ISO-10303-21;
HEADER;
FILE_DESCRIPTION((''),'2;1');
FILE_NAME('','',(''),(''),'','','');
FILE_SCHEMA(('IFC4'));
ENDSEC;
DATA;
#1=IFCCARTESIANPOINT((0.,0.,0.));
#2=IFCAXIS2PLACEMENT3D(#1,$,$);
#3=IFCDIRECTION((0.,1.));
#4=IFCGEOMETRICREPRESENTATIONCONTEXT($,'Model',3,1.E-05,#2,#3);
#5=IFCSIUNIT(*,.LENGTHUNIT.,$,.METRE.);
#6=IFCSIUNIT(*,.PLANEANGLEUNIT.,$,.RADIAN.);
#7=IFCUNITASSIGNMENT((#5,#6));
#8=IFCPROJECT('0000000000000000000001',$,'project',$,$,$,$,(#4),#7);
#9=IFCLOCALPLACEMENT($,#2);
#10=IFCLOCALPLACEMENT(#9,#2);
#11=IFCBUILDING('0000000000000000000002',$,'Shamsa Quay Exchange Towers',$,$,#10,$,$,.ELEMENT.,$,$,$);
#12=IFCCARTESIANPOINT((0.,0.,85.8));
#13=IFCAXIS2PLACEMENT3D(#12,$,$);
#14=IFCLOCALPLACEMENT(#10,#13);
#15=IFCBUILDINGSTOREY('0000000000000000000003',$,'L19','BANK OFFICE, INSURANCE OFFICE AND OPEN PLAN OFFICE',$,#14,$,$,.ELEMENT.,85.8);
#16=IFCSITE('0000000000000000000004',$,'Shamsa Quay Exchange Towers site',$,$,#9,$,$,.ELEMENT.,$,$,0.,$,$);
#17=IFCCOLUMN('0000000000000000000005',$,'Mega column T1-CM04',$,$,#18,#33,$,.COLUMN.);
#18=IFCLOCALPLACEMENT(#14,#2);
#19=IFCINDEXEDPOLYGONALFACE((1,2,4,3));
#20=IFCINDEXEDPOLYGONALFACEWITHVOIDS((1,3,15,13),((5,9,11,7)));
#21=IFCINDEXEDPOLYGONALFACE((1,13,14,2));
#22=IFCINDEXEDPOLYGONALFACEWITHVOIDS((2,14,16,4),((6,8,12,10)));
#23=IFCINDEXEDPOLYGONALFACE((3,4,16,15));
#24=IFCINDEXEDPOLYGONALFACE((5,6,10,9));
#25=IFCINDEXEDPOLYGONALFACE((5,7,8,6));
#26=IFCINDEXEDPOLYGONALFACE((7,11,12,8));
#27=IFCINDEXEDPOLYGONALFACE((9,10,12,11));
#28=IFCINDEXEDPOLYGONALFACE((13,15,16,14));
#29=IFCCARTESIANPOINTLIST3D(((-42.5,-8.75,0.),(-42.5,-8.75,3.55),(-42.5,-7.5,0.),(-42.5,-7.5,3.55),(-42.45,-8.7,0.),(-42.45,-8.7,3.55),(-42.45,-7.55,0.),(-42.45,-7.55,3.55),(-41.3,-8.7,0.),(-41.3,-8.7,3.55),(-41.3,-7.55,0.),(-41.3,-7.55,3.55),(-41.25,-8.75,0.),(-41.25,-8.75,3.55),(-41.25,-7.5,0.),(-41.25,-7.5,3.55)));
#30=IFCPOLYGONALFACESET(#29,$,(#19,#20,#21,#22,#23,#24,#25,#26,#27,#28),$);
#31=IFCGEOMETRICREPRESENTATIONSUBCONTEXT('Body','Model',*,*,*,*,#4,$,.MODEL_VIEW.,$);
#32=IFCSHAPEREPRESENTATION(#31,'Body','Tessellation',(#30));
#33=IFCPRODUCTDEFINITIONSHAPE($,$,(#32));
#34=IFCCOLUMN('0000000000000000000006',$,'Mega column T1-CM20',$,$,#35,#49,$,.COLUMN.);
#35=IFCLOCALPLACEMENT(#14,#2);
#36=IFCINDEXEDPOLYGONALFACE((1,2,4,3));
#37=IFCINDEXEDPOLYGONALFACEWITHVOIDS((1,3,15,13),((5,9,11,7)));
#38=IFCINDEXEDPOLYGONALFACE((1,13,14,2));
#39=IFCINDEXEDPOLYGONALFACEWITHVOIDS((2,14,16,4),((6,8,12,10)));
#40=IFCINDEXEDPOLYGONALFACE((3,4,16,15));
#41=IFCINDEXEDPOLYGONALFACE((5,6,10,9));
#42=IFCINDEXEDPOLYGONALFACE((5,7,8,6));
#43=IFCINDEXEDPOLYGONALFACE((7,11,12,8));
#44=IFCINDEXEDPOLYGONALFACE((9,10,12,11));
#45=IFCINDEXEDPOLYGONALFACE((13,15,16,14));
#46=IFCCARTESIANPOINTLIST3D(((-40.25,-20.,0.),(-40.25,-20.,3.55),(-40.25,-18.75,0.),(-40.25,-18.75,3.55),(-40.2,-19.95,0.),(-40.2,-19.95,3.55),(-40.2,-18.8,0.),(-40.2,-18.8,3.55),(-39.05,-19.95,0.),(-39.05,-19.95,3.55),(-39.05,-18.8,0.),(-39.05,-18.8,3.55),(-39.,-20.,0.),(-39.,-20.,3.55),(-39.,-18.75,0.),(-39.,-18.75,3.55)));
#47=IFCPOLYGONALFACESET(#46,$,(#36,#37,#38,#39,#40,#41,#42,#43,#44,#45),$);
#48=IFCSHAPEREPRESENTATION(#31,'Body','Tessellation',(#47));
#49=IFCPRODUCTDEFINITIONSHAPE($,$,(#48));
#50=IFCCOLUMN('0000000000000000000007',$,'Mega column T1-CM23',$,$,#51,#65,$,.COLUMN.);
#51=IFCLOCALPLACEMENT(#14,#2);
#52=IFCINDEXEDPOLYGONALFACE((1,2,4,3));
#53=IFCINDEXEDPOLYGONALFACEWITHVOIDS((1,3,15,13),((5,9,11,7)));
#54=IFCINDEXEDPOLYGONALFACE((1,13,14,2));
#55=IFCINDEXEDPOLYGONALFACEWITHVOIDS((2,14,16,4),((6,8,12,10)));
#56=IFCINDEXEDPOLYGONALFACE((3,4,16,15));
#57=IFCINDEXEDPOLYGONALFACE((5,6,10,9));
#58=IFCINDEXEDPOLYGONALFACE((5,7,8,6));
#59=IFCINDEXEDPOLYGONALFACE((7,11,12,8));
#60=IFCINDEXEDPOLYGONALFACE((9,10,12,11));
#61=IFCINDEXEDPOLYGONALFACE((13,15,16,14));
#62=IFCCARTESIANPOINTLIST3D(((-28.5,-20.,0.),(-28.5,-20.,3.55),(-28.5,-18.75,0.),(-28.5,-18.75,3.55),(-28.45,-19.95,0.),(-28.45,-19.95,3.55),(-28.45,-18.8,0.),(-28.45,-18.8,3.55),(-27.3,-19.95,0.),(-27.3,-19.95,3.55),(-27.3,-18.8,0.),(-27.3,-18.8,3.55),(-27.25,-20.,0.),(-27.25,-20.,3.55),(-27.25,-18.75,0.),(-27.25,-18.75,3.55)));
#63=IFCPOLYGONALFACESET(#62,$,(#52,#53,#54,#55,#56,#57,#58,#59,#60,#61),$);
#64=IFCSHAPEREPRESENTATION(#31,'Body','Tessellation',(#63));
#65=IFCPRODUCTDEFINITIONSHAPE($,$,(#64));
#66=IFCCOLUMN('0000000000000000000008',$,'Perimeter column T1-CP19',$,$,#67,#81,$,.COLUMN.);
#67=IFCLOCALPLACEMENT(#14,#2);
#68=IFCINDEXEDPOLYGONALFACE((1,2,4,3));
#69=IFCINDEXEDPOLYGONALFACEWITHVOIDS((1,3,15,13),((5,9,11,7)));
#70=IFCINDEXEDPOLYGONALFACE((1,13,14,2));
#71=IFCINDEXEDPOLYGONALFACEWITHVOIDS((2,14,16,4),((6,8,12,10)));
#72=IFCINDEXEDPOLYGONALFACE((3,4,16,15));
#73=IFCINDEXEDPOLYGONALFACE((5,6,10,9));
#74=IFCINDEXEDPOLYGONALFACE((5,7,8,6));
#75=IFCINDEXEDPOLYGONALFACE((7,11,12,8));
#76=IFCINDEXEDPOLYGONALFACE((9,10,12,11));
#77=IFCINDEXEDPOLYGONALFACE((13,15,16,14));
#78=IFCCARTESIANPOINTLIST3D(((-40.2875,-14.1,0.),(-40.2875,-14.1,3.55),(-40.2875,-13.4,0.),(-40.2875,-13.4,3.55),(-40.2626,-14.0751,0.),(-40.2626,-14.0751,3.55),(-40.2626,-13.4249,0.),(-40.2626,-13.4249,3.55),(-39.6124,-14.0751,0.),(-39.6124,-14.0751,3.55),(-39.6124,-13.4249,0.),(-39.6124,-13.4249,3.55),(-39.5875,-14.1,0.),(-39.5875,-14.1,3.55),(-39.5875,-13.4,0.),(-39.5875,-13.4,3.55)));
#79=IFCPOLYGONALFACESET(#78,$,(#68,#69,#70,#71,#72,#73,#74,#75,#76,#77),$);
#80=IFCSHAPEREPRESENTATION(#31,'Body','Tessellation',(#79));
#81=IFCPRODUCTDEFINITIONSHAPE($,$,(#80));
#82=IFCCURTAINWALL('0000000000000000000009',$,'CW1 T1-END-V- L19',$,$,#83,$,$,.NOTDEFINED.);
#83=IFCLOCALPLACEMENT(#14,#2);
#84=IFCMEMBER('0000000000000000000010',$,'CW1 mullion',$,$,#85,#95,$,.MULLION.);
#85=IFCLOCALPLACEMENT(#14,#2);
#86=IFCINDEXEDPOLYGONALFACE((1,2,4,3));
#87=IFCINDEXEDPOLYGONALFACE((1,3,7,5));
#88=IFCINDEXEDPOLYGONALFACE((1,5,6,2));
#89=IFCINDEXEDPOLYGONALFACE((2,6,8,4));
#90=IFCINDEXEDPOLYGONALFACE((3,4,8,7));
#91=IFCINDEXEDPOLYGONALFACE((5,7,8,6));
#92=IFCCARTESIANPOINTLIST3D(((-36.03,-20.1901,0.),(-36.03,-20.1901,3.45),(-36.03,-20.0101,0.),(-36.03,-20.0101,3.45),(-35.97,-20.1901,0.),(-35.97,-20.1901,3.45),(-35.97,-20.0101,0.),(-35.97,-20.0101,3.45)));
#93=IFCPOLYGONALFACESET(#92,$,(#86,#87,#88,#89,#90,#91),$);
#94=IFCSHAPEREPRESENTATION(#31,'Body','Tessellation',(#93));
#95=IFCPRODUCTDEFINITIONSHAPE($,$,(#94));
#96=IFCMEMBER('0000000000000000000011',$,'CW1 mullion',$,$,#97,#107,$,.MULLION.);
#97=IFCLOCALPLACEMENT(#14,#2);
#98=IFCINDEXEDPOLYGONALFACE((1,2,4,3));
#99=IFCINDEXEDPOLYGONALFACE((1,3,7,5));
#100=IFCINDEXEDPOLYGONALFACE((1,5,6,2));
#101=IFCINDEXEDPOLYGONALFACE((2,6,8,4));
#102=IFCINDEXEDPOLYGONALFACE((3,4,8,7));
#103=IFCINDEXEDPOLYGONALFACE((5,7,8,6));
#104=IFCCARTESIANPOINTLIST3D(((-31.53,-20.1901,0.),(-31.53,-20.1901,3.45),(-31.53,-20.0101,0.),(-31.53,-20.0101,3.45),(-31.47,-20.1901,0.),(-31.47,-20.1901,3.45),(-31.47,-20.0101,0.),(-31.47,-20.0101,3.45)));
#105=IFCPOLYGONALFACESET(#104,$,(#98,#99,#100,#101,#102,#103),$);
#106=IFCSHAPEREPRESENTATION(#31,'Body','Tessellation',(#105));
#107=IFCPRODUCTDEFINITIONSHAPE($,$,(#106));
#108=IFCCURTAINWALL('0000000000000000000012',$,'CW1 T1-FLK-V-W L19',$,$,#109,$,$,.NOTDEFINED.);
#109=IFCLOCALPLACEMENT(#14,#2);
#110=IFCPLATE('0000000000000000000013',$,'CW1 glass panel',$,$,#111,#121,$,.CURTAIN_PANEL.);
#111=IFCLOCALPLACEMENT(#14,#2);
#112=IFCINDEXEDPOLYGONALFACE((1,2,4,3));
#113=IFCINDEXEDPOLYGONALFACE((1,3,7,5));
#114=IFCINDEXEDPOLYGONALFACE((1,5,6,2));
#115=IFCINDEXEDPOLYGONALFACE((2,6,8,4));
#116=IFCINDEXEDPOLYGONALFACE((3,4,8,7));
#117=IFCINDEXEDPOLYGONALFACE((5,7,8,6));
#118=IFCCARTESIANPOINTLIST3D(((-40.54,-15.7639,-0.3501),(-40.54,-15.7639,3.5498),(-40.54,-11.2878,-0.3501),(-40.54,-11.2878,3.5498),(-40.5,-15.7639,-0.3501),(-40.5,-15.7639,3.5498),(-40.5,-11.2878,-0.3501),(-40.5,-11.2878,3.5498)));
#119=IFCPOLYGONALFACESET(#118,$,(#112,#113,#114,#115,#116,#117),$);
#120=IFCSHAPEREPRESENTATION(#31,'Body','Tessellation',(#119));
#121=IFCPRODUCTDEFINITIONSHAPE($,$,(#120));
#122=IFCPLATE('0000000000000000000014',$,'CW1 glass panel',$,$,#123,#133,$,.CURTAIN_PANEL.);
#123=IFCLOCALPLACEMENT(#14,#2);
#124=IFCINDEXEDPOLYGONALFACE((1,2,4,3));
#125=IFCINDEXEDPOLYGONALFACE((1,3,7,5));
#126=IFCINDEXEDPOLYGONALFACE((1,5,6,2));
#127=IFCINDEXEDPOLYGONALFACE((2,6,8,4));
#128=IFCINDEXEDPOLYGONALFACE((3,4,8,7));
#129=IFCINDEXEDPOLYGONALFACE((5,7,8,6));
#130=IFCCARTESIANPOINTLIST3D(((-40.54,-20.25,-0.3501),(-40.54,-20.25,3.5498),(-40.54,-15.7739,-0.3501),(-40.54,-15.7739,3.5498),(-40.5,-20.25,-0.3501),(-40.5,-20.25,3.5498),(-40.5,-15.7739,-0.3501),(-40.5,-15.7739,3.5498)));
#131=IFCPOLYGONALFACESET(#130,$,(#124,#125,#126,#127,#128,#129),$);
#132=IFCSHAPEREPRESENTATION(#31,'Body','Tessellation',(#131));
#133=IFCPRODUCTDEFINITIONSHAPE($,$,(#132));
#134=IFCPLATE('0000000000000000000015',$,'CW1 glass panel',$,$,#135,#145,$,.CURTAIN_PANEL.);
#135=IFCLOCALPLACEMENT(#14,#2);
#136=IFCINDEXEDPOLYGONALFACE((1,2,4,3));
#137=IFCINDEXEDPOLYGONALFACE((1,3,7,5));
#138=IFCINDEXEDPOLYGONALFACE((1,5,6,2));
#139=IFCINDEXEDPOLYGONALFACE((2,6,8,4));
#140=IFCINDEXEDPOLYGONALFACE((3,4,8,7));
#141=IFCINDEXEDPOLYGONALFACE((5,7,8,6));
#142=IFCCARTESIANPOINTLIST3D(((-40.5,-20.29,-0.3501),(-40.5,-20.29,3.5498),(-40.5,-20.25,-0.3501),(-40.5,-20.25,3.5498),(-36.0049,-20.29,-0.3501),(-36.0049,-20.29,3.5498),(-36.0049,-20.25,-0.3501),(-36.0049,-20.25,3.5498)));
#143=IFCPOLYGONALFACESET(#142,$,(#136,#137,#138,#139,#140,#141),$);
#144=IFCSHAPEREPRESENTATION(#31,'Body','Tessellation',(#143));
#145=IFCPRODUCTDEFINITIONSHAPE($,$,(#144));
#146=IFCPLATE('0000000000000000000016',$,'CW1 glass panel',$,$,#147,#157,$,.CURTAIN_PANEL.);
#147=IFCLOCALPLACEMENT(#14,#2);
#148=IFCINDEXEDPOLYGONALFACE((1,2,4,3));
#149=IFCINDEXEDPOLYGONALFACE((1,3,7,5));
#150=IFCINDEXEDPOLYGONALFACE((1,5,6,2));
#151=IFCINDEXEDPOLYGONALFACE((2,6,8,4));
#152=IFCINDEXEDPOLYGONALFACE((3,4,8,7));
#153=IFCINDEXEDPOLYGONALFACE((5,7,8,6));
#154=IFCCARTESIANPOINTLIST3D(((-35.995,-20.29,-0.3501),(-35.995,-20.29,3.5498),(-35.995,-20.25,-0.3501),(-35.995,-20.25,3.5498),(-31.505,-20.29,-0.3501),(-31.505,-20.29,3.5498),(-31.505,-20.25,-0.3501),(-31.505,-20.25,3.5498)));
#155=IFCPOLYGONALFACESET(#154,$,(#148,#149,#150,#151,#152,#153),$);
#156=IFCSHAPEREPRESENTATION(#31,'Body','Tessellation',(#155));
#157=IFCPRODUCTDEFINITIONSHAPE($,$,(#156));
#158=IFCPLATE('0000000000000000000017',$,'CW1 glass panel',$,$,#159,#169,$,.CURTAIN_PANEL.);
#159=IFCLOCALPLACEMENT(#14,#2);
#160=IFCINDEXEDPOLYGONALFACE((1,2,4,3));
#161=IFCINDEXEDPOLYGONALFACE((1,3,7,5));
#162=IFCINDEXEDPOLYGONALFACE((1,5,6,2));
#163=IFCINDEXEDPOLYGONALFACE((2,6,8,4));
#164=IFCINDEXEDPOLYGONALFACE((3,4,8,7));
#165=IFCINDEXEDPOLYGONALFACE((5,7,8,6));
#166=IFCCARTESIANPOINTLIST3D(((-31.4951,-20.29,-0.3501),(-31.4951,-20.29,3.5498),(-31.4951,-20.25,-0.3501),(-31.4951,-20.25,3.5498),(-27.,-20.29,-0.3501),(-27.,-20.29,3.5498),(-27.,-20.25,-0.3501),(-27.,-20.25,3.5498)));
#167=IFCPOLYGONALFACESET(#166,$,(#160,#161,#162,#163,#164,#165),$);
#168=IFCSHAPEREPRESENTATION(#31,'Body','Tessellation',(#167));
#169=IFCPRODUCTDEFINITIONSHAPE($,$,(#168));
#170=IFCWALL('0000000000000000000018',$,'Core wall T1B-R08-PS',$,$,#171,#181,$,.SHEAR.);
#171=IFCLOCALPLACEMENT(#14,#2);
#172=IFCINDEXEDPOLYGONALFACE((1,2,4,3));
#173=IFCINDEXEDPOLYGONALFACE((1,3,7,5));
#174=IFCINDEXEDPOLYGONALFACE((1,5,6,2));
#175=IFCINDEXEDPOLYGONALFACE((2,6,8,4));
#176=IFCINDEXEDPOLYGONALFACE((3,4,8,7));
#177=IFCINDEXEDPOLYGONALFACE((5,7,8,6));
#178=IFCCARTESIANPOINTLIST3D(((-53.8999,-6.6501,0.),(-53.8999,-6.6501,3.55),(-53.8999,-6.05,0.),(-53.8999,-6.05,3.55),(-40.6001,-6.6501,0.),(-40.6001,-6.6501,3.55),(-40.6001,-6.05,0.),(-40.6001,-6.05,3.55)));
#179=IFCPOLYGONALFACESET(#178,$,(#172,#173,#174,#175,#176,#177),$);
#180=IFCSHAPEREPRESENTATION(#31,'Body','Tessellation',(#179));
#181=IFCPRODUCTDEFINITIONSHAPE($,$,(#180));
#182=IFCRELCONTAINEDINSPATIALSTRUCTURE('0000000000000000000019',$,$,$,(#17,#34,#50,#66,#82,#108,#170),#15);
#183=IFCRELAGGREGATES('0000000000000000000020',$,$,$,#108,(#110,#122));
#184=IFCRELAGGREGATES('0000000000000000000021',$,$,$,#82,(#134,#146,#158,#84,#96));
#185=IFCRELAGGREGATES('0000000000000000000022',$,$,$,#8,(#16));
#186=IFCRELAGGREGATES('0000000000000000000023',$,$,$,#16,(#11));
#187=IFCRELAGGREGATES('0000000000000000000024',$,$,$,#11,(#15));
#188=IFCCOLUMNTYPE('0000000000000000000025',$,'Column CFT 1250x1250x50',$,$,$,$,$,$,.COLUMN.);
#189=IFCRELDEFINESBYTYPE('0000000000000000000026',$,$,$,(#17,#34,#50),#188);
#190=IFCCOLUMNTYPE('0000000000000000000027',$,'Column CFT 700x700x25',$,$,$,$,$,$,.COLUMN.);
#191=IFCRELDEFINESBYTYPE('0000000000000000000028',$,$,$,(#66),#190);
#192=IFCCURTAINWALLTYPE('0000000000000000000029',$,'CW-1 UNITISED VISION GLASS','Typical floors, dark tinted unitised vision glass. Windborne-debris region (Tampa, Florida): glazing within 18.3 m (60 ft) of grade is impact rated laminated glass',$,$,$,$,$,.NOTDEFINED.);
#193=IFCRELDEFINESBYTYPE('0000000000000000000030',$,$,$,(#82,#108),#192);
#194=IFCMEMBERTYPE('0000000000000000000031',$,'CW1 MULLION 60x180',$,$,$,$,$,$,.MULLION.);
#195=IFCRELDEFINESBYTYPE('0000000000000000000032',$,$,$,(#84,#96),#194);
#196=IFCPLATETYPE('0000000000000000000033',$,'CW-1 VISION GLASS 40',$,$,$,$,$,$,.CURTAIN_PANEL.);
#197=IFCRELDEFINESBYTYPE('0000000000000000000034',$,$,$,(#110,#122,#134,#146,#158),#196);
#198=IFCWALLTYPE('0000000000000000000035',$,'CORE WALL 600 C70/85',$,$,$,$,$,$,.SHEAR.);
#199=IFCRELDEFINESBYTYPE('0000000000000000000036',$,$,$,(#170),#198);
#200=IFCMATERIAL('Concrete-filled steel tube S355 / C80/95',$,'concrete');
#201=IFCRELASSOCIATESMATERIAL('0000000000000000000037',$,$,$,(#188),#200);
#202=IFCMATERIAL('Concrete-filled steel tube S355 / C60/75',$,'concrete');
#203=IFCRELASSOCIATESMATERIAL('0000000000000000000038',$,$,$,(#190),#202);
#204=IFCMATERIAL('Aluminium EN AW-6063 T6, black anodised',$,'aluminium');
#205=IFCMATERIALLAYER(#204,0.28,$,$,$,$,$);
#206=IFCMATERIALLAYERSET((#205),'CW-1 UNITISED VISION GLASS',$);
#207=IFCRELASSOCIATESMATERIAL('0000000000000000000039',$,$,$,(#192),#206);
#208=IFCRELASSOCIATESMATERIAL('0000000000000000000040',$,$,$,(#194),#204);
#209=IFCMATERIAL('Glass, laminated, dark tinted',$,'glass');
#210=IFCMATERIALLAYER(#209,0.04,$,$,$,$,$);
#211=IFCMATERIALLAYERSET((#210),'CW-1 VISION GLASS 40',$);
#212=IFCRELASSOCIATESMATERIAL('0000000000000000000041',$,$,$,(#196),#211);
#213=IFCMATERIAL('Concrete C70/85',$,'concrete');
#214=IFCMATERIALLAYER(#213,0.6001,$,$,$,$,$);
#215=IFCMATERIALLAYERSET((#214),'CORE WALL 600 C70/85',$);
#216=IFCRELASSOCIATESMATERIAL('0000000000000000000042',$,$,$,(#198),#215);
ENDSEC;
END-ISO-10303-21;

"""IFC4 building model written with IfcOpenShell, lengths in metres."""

from ifc_helpers import new_model, si_unit, direction, frame, frame_2d, origin, origin_2d, place, context, subcontext, project, spatial, rectangle, hollow_rectangle, extrude, material, layer, layer_set, material_profile, profile_set, type_object, element, aggregate, save


model = new_model("IFC4")

# Units and contexts
model_context = context("Model", 3, precision=1e-05, world=origin(), true_north=direction((0.0, 1.0)))
body_context = subcontext(model_context, "Body", "Model", "MODEL_VIEW")
ifc_project = project(units=[si_unit("LENGTHUNIT", "METRE"), si_unit("PLANEANGLEUNIT", "RADIAN")], contexts=[model_context])

# Site, building, storey
site_placement = place(None, origin())
site = spatial("IfcSite", under=ifc_project, at=site_placement, Name="Shamsa Quay Exchange Towers site", CompositionType="ELEMENT", RefElevation=0.0)
building_placement = place(site_placement, origin())
building = spatial("IfcBuilding", under=site, at=building_placement, Name="Shamsa Quay Exchange Towers", CompositionType="ELEMENT")
storey_placement = place(building_placement, frame((0.0, 0.0, 85.8)))
storey = spatial("IfcBuildingStorey", under=building, at=storey_placement, Name="L19", Description="BANK OFFICE, INSURANCE OFFICE AND OPEN PLAN OFFICE", CompositionType="ELEMENT", Elevation=85.8)

# Columns
ifc_material_1 = material(Name="Concrete-filled steel tube S355 / C80/95", Category="concrete")
ifc_material_profile_1 = material_profile(ifc_material_1, hollow_rectangle(XDim=1.25, YDim=1.25, WallThickness=0.05, at=origin_2d()), Name="CFT 1250x1250x50")
ifc_profile_set_1 = profile_set([ifc_material_profile_1], Name="Concrete-filled steel tube S355 / C80/95")
column_type_1 = type_object("IfcColumnType", Name="Column CFT 1250x1250x50", PredefinedType="COLUMN", material=ifc_profile_set_1)
for number, where, name in (
    (1, (-41.875, -8.125, 0.0), "Mega column T1-CM04"),
    (2, (-39.625, -19.375, 0.0), "Mega column T1-CM20"),
    (3, (-27.875, -19.375, 0.0), "Mega column T1-CM23"),
):
    element("IfcColumn", number, at=place(storey_placement, frame(where)), inside=storey, type_object=column_type_1, Name=name, PredefinedType="COLUMN", context=body_context, shape_type="SweptSolid", body=[
        extrude(hollow_rectangle(XDim=1.25, YDim=1.25, WallThickness=0.05, at=origin_2d()), origin(), (0.0, 0.0, 1.0), 3.55),
    ])
ifc_material_2 = material(Name="Concrete-filled steel tube S355 / C60/75", Category="concrete")
ifc_material_profile_2 = material_profile(ifc_material_2, hollow_rectangle(XDim=0.7, YDim=0.7, WallThickness=0.0249, at=origin_2d()), Name="CFT 700x700x25")
ifc_profile_set_2 = profile_set([ifc_material_profile_2], Name="Concrete-filled steel tube S355 / C60/75")
column_type_2 = type_object("IfcColumnType", Name="Column CFT 700x700x25", PredefinedType="COLUMN", material=ifc_profile_set_2)
column_placement = place(storey_placement, frame((-39.9375, -13.75, 0.0)))
element("IfcColumn", 4, at=column_placement, inside=storey, type_object=column_type_2, Name="Perimeter column T1-CP19", PredefinedType="COLUMN", context=body_context, shape_type="SweptSolid", body=[
    extrude(hollow_rectangle(XDim=0.7, YDim=0.7, WallThickness=0.0249, at=origin_2d()), origin(), (0.0, 0.0, 1.0), 3.55),
])

# Curtain wall, members
ifc_material_3 = material(Name="Aluminium EN AW-6063 T6, black anodised", Category="aluminium")
ifc_layer_1 = layer(ifc_material_3, 0.28)
ifc_layer_set_1 = layer_set([ifc_layer_1], Name="CW-1 UNITISED VISION GLASS")
curtain_wall_type = type_object("IfcCurtainWallType", Name="CW-1 UNITISED VISION GLASS", Description="Typical floors, dark tinted unitised vision glass. Windborne-debris region (Tampa, Florida): glazing within 18.3 m (60 ft) of grade is impact rated laminated glass", PredefinedType="NOTDEFINED", material=ifc_layer_set_1)
curtain_wall_1_placement = place(storey_placement, origin())
curtain_wall_1 = element("IfcCurtainWall", 5, at=curtain_wall_1_placement, inside=storey, type_object=curtain_wall_type, Name="CW1 T1-END-V- L19", PredefinedType="NOTDEFINED")
ifc_material_profile_3 = material_profile(ifc_material_3, rectangle(XDim=0.1799, YDim=0.0601, at=origin_2d()), Name="MU60x180")
ifc_profile_set_3 = profile_set([ifc_material_profile_3], Name="Aluminium EN AW-6063 T6, black anodised")
member_type = type_object("IfcMemberType", Name="CW1 MULLION 60x180", PredefinedType="MULLION", material=ifc_profile_set_3)
member_1_placement = place(storey_placement, frame((-36.0, -20.1001, 0.0), z_axis=(0.0, 0.0, 1.0), x_axis=(0.0, 1.0, 0.0)))
member_1 = element("IfcMember", 6, at=member_1_placement, type_object=member_type, Name="CW1 mullion", PredefinedType="MULLION", context=body_context, shape_type="SweptSolid", body=[
    extrude(rectangle(XDim=0.1799, YDim=0.0601, at=origin_2d()), origin(), (0.0, 0.0, 1.0), 3.45),
])
member_2_placement = place(storey_placement, frame((-31.5, -20.1001, 0.0), z_axis=(0.0, 0.0, 1.0), x_axis=(0.0, 1.0, 0.0)))
member_2 = element("IfcMember", 7, at=member_2_placement, type_object=member_type, Name="CW1 mullion", PredefinedType="MULLION", context=body_context, shape_type="SweptSolid", body=[
    extrude(rectangle(XDim=0.1799, YDim=0.0601, at=origin_2d()), origin(), (0.0, 0.0, 1.0), 3.45),
])

# Curtain wall, plates
curtain_wall_2_placement = place(storey_placement, origin())
curtain_wall_2 = element("IfcCurtainWall", 8, at=curtain_wall_2_placement, inside=storey, type_object=curtain_wall_type, Name="CW1 T1-FLK-V-W L19", PredefinedType="NOTDEFINED")
ifc_material_4 = material(Name="Glass, laminated, dark tinted", Category="glass")
ifc_layer_2 = layer(ifc_material_4, 0.04)
ifc_layer_set_2 = layer_set([ifc_layer_2], Name="CW-1 VISION GLASS 40")
plate_type = type_object("IfcPlateType", Name="CW-1 VISION GLASS 40", PredefinedType="CURTAIN_PANEL", material=ifc_layer_set_2)
plate_1_placement = place(storey_placement, frame((-40.52, -13.5259, -0.3501), z_axis=(0.0, 0.0, 1.0), x_axis=(0.0, -1.0, 0.0)))
plate_1 = element("IfcPlate", 9, at=plate_1_placement, type_object=plate_type, Name="CW1 glass panel", PredefinedType="CURTAIN_PANEL", context=body_context, shape_type="SweptSolid", body=[
    extrude(rectangle(XDim=4.4761, YDim=0.04, at=origin_2d()), origin(), (0.0, 0.0, 1.0), 3.8999),
])
plate_2_placement = place(storey_placement, frame((-40.52, -18.012, -0.3501), z_axis=(0.0, 0.0, 1.0), x_axis=(0.0, -1.0, 0.0)))
plate_2 = element("IfcPlate", 10, at=plate_2_placement, type_object=plate_type, Name="CW1 glass panel", PredefinedType="CURTAIN_PANEL", context=body_context, shape_type="SweptSolid", body=[
    extrude(rectangle(XDim=4.4761, YDim=0.04, at=origin_2d()), origin(), (0.0, 0.0, 1.0), 3.8999),
])
aggregate(curtain_wall_2, [plate_1, plate_2])

# Plates
plate_3_placement = place(storey_placement, frame((-38.2524, -20.27, -0.3501)))
plate_3 = element("IfcPlate", 11, at=plate_3_placement, type_object=plate_type, Name="CW1 glass panel", PredefinedType="CURTAIN_PANEL", context=body_context, shape_type="SweptSolid", body=[
    extrude(rectangle(XDim=4.4951, YDim=0.04, at=origin_2d()), origin(), (0.0, 0.0, 1.0), 3.8999),
])
plate_4_placement = place(storey_placement, frame((-33.75, -20.27, -0.3501)))
plate_4 = element("IfcPlate", 12, at=plate_4_placement, type_object=plate_type, Name="CW1 glass panel", PredefinedType="CURTAIN_PANEL", context=body_context, shape_type="SweptSolid", body=[
    extrude(rectangle(XDim=4.49, YDim=0.04, at=origin_2d()), origin(), (0.0, 0.0, 1.0), 3.8999),
])
plate_5_placement = place(storey_placement, frame((-29.2476, -20.27, -0.3501)))
plate_5 = element("IfcPlate", 13, at=plate_5_placement, type_object=plate_type, Name="CW1 glass panel", PredefinedType="CURTAIN_PANEL", context=body_context, shape_type="SweptSolid", body=[
    extrude(rectangle(XDim=4.4951, YDim=0.04, at=origin_2d()), origin(), (0.0, 0.0, 1.0), 3.8999),
])
aggregate(curtain_wall_1, [plate_3, plate_4, plate_5, member_1, member_2])

# Wall
ifc_material_5 = material(Name="Concrete C70/85", Category="concrete")
ifc_layer_3 = layer(ifc_material_5, 0.6001)
ifc_layer_set_3 = layer_set([ifc_layer_3], Name="CORE WALL 600 C70/85")
wall_type_1 = type_object("IfcWallType", Name="CORE WALL 600 C70/85", PredefinedType="SHEAR", material=ifc_layer_set_3)
wall_1_placement = place(storey_placement, frame((-40.6001, -6.3501, 0.0), z_axis=(0.0, 0.0, 1.0), x_axis=(-1.0, 0.0, 0.0)))
element("IfcWall", 14, at=wall_1_placement, inside=storey, type_object=wall_type_1, Name="Core wall T1B-R08-PS", PredefinedType="SHEAR", context=body_context, shape_type="SweptSolid", body=[
    extrude(rectangle(XDim=13.2998, YDim=0.6001, at=frame_2d((6.6499, 0.0))), origin(), (0.0, 0.0, 1.0), 3.55),
])

save(model, "model.ifc")
